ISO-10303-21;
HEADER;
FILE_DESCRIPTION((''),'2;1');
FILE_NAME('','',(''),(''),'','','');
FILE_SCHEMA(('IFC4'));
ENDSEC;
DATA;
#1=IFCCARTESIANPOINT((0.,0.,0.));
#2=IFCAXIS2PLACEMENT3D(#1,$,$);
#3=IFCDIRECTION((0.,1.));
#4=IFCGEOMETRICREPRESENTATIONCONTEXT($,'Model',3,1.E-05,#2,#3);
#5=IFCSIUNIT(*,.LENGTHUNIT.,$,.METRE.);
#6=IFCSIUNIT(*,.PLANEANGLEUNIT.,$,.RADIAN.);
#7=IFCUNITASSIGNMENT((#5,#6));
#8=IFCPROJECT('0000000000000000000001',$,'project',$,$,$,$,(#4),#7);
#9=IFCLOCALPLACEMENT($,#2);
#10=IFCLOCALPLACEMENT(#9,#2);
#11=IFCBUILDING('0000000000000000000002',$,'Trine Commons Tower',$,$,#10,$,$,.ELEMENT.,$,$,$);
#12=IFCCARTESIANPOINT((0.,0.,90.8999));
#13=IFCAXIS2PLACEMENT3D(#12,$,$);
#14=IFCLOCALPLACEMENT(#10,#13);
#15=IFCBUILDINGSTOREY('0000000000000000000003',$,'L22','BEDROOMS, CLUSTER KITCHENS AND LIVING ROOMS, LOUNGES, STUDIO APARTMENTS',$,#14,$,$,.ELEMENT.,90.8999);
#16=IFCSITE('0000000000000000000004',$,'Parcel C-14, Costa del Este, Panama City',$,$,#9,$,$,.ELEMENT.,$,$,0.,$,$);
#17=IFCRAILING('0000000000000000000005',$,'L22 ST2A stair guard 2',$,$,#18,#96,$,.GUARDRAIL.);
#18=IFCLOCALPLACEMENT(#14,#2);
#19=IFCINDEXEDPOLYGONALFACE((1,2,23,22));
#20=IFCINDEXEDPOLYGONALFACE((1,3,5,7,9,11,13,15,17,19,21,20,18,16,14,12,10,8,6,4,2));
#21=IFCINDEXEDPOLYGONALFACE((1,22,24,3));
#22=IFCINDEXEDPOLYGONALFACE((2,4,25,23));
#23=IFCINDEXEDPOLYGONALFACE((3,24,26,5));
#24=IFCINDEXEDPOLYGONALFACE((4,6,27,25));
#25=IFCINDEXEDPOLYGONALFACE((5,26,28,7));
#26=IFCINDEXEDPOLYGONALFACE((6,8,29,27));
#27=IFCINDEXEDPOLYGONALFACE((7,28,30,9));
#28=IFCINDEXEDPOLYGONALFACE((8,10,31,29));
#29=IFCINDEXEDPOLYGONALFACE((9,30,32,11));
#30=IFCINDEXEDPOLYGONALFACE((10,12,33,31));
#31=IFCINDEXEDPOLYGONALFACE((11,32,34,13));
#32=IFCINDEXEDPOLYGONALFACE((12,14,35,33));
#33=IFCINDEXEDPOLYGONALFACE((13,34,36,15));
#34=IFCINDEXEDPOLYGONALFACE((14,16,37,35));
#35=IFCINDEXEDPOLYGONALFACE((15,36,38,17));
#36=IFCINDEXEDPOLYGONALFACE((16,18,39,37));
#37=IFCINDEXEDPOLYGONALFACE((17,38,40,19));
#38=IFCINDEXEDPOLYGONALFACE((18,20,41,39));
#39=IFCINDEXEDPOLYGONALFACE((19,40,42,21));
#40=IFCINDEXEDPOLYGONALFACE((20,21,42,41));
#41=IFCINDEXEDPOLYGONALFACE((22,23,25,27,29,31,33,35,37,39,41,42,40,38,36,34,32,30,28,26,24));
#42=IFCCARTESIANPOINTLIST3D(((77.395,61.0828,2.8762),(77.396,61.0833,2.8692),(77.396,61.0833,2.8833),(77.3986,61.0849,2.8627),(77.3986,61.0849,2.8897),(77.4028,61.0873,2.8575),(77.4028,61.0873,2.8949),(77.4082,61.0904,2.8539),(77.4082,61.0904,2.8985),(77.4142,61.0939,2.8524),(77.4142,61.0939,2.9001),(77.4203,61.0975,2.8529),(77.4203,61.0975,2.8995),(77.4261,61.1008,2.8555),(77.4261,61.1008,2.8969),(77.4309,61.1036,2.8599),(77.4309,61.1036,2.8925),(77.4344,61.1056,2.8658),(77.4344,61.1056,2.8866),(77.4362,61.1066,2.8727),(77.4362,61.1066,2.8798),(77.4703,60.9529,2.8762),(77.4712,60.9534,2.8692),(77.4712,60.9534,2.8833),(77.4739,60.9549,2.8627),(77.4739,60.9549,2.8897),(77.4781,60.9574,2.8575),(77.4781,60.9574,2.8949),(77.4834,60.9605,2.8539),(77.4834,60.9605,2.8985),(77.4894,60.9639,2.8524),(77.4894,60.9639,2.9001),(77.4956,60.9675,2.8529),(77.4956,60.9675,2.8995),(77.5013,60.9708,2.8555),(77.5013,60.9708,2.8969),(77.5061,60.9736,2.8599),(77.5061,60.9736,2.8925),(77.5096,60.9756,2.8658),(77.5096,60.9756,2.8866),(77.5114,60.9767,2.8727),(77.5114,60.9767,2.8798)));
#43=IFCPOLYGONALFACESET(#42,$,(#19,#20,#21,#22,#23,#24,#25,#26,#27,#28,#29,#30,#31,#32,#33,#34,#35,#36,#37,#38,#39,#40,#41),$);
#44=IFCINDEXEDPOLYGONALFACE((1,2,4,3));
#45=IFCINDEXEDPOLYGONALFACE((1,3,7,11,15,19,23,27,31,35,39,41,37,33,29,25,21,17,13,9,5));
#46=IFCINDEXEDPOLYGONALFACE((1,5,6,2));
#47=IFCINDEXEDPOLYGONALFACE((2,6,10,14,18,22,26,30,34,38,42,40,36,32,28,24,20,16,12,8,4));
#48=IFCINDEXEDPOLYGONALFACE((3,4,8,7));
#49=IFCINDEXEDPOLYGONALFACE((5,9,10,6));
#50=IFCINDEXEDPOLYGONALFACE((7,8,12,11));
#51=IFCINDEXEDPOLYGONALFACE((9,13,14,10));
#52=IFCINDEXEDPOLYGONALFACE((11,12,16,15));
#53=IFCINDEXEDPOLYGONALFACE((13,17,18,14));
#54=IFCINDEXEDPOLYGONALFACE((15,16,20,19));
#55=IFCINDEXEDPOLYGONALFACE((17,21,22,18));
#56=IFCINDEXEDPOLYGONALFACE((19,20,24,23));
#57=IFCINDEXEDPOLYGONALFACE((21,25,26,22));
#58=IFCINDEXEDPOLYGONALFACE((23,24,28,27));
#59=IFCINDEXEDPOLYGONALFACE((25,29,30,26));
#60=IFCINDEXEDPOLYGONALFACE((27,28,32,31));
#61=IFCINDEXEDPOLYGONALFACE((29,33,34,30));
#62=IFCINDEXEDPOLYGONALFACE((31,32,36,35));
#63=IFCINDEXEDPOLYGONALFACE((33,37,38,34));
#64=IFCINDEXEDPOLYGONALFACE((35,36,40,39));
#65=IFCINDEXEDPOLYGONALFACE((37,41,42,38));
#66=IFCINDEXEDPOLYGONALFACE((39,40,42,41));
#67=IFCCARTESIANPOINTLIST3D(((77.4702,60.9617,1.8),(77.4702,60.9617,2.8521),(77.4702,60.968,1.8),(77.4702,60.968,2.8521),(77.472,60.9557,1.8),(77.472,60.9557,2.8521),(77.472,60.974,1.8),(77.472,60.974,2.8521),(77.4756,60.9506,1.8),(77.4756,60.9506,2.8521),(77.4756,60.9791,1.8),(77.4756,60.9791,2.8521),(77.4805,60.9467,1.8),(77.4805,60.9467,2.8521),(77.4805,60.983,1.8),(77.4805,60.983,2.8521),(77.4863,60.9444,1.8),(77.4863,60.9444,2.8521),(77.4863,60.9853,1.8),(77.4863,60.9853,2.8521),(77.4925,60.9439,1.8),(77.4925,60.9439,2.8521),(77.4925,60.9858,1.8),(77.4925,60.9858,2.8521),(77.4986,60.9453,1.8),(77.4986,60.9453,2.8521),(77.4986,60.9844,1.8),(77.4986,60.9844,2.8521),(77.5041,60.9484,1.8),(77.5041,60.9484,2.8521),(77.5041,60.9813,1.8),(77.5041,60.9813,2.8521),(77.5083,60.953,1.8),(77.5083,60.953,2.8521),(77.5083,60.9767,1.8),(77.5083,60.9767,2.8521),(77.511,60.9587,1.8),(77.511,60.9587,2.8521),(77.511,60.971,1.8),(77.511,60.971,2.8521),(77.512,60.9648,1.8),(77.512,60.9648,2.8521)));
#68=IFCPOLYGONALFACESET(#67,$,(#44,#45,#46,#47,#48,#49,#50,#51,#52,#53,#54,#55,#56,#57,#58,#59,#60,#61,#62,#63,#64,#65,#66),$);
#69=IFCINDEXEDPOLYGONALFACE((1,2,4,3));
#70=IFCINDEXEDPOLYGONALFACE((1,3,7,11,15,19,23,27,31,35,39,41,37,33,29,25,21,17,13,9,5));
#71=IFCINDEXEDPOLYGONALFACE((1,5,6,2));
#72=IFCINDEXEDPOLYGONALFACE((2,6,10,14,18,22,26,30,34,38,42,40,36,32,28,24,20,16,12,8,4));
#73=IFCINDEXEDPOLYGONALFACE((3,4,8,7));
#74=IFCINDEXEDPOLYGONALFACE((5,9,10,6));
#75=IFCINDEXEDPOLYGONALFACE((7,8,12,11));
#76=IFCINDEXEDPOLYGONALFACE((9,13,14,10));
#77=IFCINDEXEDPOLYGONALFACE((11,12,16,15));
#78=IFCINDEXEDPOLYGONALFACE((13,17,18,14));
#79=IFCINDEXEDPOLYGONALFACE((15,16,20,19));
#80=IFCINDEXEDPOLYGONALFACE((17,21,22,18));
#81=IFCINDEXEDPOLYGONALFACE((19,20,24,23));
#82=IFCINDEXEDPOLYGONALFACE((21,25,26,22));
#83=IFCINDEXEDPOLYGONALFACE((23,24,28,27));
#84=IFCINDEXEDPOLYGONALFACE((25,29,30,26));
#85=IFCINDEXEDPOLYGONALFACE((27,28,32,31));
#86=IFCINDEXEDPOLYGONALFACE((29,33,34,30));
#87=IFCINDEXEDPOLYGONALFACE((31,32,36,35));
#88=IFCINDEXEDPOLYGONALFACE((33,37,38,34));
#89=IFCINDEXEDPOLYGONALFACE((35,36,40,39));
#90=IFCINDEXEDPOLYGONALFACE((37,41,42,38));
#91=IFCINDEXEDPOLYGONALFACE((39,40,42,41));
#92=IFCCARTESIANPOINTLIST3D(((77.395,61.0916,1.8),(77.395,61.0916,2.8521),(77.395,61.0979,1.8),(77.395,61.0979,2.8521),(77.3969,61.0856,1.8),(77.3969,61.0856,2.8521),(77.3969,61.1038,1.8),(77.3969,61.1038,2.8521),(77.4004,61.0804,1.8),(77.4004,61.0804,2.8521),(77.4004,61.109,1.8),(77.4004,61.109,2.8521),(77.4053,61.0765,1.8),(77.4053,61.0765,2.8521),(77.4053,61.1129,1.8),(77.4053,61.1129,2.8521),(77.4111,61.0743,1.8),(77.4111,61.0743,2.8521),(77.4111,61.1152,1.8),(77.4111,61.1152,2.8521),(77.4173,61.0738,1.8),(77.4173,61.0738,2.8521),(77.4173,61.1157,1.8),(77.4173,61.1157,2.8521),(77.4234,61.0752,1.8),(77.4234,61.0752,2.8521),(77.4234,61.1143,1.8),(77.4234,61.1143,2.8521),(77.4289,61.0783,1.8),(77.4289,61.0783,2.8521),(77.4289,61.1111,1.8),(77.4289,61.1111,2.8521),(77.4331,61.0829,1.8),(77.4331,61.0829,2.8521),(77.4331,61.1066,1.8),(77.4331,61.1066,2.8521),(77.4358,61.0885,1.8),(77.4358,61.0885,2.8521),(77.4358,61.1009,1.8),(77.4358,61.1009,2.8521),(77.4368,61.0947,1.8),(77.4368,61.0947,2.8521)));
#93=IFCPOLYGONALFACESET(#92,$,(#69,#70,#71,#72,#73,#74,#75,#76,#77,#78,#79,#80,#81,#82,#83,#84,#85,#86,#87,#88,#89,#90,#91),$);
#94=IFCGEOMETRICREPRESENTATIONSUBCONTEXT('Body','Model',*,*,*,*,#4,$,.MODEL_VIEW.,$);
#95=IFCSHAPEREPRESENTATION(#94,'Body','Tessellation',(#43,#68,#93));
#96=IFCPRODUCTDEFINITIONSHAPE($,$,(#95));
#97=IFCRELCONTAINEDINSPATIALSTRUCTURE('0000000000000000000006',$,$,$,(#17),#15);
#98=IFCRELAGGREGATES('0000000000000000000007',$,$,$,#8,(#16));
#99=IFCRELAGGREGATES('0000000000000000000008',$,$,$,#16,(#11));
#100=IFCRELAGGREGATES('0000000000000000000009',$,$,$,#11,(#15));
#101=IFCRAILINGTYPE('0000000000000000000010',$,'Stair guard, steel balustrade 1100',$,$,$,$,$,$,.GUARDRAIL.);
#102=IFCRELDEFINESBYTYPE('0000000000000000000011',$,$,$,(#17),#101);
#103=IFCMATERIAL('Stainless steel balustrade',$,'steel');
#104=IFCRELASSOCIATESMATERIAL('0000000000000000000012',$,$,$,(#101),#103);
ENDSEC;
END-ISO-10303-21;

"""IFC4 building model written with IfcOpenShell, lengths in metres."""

from ifc_helpers import new_model, si_unit, direction, frame, origin, origin_2d, place, context, subcontext, project, spatial, circle, extrude, material, type_object, element, save


model = new_model("IFC4")

# Units and contexts
model_context = context("Model", 3, precision=1e-05, world=origin(), true_north=direction((0.0, 1.0)))
body_context = subcontext(model_context, "Body", "Model", "MODEL_VIEW")
ifc_project = project(units=[si_unit("LENGTHUNIT", "METRE"), si_unit("PLANEANGLEUNIT", "RADIAN")], contexts=[model_context])

# Site, building, storey
site_placement = place(None, origin())
site = spatial("IfcSite", under=ifc_project, at=site_placement, Name="Parcel C-14, Costa del Este, Panama City", CompositionType="ELEMENT", RefElevation=0.0)
building_placement = place(site_placement, origin())
building = spatial("IfcBuilding", under=site, at=building_placement, Name="Trine Commons Tower", CompositionType="ELEMENT")
storey_placement = place(building_placement, frame((0.0, 0.0, 90.8999)))
storey = spatial("IfcBuildingStorey", under=building, at=storey_placement, Name="L22", Description="BEDROOMS, CLUSTER KITCHENS AND LIVING ROOMS, LOUNGES, STUDIO APARTMENTS", CompositionType="ELEMENT", Elevation=90.8999)

# Railing
ifc_material_1 = material(Name="Stainless steel balustrade", Category="steel")
railing_type_1 = type_object("IfcRailingType", Name="Stair guard, steel balustrade 1100", PredefinedType="GUARDRAIL", material=ifc_material_1)
railing_1_placement = place(storey_placement, frame((77.491, 60.9648, 1.8)))
element("IfcRailing", 1, at=railing_1_placement, inside=storey, type_object=railing_type_1, Name="L22 ST2A stair guard 2", PredefinedType="GUARDRAIL", context=body_context, shape_type="SweptSolid", body=[
    extrude(circle(Radius=0.0239, at=origin_2d()), frame((0.0, 0.0, 1.0762), z_axis=(-0.501036, 0.865426, 0.0), x_axis=(-0.865426, -0.501036, 0.0)), (0.0, 0.0, 1.0), 0.1501),
    extrude(circle(Radius=0.021, at=origin_2d()), origin(), (0.0, 0.0, 1.0), 1.052),
    extrude(circle(Radius=0.021, at=origin_2d()), frame((-0.0752, 0.1299, 0.0)), (0.0, 0.0, 1.0), 1.052),
])

save(model, "model.ifc")
